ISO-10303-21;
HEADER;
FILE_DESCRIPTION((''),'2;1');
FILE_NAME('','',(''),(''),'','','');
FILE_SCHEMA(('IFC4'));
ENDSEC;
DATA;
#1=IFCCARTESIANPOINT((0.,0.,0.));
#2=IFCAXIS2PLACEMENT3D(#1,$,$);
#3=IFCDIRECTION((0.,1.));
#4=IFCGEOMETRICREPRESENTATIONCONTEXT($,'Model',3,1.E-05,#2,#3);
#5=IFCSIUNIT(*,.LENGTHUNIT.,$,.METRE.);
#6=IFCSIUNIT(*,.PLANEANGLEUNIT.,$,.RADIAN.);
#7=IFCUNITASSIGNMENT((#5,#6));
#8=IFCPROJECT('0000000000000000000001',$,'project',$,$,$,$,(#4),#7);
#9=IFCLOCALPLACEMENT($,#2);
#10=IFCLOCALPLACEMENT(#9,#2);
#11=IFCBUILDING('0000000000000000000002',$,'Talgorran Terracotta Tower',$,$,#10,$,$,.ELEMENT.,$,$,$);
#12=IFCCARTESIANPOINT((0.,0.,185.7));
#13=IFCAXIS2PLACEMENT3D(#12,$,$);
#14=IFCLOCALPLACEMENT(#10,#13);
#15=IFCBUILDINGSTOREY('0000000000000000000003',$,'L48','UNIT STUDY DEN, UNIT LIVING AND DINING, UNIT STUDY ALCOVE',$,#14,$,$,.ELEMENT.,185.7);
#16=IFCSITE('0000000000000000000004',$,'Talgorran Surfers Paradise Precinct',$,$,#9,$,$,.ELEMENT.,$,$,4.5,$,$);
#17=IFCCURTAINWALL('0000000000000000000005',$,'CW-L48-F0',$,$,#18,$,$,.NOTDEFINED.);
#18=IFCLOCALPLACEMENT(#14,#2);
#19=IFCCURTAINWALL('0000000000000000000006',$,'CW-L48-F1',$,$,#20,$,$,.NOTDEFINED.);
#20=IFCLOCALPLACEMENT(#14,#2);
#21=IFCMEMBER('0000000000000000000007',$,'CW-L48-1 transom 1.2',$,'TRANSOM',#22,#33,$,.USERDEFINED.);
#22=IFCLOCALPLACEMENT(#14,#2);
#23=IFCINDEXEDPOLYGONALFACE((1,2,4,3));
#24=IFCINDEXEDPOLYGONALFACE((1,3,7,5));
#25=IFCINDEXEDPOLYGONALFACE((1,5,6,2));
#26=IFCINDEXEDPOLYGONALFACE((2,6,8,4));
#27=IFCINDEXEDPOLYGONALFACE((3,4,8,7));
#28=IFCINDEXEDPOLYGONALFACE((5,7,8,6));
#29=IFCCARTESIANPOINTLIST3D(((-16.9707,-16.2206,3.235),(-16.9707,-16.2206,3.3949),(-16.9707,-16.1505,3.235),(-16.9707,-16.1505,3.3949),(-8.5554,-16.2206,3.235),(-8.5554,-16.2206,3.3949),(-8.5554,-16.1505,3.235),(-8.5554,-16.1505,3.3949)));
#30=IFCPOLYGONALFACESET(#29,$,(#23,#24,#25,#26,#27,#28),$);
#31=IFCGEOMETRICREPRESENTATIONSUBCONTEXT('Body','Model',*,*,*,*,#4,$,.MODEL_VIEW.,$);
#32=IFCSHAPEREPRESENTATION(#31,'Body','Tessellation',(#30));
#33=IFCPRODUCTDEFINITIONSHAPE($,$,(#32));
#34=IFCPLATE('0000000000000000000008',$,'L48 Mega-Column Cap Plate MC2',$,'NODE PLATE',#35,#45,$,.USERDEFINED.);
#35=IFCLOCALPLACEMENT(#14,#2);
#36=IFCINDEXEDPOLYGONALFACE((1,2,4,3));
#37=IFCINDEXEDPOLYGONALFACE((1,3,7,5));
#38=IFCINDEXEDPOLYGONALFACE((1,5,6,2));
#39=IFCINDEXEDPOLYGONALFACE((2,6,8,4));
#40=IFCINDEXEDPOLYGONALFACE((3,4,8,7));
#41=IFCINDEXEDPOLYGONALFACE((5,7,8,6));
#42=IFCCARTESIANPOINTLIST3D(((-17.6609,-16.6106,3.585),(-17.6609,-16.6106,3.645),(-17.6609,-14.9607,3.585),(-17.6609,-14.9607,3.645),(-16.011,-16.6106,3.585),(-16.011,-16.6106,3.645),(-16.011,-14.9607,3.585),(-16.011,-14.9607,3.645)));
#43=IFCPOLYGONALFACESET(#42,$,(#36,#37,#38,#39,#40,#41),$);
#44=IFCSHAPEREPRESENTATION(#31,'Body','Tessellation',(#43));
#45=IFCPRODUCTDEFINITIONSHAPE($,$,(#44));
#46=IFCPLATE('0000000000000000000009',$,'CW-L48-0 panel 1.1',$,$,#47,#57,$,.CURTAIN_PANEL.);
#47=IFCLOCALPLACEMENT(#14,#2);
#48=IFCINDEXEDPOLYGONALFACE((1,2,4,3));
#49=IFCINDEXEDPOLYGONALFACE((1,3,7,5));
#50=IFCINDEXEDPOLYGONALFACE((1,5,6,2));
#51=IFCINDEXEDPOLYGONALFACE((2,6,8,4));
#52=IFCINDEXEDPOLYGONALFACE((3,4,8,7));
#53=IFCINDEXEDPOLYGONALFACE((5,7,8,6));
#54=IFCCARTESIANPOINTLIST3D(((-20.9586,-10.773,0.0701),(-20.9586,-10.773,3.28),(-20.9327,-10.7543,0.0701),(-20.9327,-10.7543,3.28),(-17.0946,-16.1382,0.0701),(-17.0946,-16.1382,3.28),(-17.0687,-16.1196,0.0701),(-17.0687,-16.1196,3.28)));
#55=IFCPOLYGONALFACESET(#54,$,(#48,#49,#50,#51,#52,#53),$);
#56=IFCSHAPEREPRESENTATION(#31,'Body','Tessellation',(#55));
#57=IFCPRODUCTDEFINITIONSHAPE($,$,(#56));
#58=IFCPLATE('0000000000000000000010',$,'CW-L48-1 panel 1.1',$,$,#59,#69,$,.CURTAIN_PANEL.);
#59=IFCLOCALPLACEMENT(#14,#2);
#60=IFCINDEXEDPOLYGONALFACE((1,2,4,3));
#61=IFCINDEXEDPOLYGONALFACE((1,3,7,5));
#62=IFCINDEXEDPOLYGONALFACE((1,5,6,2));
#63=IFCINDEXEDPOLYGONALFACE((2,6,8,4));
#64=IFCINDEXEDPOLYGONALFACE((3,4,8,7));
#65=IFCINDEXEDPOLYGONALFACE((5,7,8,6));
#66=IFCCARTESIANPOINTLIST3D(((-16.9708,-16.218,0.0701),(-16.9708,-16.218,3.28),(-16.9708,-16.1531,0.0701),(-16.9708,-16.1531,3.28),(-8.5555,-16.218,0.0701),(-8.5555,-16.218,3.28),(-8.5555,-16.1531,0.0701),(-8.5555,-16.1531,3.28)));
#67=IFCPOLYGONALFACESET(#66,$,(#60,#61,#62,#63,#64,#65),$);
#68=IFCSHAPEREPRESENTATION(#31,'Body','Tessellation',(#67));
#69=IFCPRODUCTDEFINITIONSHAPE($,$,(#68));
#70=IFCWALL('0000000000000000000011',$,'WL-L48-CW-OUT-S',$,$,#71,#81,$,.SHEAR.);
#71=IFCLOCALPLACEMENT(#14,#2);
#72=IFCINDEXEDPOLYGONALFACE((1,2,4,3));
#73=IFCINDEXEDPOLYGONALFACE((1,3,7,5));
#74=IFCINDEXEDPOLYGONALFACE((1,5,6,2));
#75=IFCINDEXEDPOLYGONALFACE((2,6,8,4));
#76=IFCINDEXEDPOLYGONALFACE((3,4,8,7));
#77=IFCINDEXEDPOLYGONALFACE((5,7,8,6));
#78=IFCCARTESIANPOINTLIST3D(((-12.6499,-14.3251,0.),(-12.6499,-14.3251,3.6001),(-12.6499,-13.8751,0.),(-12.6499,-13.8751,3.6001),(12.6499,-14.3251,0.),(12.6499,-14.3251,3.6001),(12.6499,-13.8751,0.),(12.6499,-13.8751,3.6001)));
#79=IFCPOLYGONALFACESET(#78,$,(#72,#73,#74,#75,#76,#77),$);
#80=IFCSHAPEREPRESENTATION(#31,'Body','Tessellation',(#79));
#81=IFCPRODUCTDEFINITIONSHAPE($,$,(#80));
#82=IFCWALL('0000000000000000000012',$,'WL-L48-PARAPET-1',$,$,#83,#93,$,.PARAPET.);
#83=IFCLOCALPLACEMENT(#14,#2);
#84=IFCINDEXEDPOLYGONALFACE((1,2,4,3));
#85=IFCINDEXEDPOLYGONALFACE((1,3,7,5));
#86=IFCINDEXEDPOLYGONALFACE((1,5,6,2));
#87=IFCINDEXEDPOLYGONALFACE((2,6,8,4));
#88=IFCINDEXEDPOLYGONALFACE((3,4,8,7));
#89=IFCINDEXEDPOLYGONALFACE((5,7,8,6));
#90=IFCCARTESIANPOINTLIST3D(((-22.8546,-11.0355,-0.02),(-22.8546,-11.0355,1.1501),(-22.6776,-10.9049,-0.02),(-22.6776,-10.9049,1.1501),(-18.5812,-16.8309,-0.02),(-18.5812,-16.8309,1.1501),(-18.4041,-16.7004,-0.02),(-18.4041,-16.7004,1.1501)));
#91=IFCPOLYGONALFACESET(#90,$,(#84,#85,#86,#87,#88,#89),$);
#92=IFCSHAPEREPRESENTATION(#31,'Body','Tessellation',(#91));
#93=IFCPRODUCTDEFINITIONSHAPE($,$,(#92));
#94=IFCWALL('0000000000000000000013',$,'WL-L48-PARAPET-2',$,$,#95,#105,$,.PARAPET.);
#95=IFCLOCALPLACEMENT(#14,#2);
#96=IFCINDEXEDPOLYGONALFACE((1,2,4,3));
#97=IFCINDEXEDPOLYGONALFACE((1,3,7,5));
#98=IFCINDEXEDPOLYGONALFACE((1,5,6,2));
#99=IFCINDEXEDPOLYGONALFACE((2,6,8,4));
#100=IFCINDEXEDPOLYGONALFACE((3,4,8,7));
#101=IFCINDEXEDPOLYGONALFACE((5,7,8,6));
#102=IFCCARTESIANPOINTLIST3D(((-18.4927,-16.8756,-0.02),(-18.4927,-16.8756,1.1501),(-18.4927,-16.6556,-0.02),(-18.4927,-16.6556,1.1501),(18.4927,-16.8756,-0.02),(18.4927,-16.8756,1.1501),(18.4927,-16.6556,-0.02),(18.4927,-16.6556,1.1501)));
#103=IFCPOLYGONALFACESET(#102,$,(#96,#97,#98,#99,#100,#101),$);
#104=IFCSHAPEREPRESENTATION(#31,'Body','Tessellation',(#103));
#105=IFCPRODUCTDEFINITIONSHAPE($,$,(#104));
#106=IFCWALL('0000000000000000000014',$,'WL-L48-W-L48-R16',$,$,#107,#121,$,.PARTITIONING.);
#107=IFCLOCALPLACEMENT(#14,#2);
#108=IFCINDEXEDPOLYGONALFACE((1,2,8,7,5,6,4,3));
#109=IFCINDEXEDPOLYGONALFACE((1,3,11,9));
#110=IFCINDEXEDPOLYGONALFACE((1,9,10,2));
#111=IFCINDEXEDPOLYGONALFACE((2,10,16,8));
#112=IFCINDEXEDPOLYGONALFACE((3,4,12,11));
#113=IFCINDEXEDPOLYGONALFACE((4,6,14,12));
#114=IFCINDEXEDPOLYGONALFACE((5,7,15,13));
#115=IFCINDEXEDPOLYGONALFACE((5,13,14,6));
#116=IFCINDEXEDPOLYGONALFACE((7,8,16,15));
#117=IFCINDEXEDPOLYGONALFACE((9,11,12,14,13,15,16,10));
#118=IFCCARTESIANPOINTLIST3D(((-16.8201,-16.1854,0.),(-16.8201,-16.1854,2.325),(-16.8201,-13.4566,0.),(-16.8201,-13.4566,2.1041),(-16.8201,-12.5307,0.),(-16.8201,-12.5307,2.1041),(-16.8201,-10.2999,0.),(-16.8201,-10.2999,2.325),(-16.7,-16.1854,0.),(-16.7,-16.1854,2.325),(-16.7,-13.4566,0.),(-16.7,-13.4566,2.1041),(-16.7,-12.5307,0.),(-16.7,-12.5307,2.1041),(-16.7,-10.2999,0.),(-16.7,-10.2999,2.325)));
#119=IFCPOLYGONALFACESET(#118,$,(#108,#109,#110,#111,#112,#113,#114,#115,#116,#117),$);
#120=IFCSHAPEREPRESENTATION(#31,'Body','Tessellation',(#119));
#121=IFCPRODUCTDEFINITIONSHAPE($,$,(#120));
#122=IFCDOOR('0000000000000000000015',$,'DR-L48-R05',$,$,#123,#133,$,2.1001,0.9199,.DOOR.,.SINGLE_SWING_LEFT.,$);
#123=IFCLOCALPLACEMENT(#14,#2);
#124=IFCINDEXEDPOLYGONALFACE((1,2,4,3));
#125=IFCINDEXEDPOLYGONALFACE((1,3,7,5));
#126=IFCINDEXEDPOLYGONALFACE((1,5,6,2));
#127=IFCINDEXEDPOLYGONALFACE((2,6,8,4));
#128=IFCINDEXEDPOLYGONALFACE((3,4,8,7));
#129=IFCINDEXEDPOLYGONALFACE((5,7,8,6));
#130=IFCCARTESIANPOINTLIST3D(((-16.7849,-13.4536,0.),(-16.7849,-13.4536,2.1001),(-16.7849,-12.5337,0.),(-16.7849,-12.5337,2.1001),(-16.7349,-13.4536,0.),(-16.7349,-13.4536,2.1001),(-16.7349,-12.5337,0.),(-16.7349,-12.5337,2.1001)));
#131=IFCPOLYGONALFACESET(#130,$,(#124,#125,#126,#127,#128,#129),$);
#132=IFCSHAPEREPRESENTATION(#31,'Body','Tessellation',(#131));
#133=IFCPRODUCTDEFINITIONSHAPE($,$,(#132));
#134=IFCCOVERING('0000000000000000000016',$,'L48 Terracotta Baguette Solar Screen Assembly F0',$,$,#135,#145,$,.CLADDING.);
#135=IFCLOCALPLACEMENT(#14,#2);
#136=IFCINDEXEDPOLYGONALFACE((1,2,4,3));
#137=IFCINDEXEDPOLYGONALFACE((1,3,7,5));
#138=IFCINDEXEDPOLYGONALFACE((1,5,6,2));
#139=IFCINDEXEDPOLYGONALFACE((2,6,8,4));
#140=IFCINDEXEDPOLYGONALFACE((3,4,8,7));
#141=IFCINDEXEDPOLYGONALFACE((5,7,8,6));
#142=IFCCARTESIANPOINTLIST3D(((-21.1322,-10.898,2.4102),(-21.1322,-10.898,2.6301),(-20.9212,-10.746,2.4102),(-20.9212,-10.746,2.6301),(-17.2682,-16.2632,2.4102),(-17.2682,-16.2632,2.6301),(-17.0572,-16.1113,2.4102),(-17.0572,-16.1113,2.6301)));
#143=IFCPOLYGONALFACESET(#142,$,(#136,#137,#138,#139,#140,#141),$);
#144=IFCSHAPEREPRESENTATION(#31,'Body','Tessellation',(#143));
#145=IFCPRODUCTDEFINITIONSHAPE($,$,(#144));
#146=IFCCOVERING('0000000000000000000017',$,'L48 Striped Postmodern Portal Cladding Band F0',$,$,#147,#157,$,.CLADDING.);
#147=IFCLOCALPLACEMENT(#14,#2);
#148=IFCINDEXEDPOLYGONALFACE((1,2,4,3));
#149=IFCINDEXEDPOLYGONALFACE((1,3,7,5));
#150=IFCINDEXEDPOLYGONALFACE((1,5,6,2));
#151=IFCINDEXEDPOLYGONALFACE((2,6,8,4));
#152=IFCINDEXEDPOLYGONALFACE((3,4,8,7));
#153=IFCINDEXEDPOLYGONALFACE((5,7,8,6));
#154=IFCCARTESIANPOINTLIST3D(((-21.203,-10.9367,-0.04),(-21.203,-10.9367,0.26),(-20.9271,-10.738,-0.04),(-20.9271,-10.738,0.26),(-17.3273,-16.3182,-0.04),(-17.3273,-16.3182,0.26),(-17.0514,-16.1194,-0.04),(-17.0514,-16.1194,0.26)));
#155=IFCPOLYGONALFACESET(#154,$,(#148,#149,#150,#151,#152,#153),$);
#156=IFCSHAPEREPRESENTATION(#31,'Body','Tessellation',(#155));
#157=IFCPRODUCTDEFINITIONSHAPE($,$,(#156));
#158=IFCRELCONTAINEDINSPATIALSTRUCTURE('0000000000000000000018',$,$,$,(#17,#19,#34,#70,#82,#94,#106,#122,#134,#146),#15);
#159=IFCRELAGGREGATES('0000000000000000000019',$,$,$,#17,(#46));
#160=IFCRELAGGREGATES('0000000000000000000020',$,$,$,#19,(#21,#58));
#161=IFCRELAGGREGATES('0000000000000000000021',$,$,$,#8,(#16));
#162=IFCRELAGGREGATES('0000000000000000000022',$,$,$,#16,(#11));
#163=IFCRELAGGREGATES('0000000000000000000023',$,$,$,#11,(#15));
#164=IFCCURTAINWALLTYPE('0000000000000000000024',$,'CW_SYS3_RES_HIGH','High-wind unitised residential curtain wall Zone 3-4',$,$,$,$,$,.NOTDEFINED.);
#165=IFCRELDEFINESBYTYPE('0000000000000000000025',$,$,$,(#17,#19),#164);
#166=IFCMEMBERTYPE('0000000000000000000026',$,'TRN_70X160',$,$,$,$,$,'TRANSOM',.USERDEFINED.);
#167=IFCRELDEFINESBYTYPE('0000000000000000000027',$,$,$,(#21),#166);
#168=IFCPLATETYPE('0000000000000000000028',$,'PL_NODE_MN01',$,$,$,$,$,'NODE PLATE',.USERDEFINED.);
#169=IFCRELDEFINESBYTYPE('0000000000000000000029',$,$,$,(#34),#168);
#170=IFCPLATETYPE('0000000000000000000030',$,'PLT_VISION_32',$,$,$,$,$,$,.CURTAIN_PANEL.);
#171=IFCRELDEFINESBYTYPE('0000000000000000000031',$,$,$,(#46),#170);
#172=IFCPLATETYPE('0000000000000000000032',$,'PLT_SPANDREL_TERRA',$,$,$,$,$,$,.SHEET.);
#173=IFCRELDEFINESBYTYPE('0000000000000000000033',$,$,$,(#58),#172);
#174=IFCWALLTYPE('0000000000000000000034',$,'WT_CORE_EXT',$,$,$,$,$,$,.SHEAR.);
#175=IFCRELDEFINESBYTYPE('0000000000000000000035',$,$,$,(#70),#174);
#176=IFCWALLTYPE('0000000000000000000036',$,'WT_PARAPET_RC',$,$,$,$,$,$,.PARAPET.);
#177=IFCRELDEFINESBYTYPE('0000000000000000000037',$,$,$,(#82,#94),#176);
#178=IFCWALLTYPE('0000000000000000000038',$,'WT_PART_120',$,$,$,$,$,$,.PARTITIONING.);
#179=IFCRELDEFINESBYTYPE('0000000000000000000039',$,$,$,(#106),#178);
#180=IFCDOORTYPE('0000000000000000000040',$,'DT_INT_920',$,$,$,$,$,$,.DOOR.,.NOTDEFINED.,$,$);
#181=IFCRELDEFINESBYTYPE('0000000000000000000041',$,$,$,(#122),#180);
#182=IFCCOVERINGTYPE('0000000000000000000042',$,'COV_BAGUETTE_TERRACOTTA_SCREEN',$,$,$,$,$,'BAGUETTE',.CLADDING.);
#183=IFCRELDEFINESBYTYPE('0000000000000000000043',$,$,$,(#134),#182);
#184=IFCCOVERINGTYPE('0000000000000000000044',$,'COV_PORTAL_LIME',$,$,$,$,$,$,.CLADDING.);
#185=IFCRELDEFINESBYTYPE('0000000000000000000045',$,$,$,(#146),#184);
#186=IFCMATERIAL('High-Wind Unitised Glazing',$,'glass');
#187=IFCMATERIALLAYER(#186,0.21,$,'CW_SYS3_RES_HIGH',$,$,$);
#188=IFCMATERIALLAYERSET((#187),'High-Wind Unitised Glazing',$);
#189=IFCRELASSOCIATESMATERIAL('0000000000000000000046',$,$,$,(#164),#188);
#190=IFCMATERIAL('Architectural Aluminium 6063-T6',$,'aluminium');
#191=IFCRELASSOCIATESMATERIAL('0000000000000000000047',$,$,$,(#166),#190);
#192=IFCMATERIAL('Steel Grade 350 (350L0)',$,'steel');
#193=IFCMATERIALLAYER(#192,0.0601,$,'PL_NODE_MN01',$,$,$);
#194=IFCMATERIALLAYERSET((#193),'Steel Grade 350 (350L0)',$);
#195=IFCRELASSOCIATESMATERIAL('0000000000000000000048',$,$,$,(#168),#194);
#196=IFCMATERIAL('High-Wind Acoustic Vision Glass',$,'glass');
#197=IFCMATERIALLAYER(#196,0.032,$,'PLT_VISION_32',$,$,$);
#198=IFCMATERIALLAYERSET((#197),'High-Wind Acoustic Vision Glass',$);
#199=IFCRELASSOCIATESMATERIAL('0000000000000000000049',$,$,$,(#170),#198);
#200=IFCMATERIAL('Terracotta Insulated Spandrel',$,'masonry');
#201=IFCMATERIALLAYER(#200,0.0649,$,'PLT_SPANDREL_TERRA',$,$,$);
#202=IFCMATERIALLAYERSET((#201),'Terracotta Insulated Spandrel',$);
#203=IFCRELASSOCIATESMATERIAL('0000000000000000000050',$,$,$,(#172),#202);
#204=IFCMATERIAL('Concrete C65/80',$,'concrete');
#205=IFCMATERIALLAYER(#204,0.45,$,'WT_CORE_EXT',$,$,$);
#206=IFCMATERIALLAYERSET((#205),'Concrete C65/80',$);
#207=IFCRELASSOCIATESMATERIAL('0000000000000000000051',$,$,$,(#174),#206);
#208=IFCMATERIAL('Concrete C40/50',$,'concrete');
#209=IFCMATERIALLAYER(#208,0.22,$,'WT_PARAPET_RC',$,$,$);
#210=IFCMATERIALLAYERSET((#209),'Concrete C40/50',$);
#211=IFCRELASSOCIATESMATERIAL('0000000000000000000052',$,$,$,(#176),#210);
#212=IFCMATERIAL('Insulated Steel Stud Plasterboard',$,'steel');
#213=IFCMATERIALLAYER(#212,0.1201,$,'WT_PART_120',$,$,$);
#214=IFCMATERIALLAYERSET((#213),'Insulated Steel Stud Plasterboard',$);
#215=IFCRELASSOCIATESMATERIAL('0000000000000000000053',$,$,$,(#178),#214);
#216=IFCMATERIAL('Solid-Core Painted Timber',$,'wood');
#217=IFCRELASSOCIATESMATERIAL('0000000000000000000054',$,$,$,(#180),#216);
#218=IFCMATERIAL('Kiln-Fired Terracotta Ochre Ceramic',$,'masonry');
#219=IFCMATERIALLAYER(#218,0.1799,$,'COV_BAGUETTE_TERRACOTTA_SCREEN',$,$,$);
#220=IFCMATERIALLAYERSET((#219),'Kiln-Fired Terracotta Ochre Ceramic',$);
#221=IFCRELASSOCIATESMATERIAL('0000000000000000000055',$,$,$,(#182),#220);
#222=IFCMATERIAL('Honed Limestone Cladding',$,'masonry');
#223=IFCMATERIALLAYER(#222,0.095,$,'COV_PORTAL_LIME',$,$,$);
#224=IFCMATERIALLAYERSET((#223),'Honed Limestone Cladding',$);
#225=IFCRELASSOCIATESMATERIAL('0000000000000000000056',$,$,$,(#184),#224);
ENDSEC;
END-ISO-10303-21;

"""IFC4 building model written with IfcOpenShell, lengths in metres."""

from ifc_helpers import new_model, si_unit, direction, frame, frame_2d, origin, origin_2d, place, context, subcontext, project, spatial, rectangle, extrude, source, transform, mapped, material, layer, layer_set, material_profile, profile_set, type_object, type_shapes, element, fill, aggregate, save


model = new_model("IFC4")

# Units and contexts
model_context = context("Model", 3, precision=1e-05, world=origin(), true_north=direction((0.0, 1.0)))
body_context = subcontext(model_context, "Body", "Model", "MODEL_VIEW")
ifc_project = project(units=[si_unit("LENGTHUNIT", "METRE"), si_unit("PLANEANGLEUNIT", "RADIAN")], contexts=[model_context])

# Site, building, storey
site_placement = place(None, origin())
site = spatial("IfcSite", under=ifc_project, at=site_placement, Name="Talgorran Surfers Paradise Precinct", CompositionType="ELEMENT", RefElevation=4.5)
building_placement = place(site_placement, origin())
building = spatial("IfcBuilding", under=site, at=building_placement, Name="Talgorran Terracotta Tower", CompositionType="ELEMENT")
storey_placement = place(building_placement, frame((0.0, 0.0, 185.7)))
storey = spatial("IfcBuildingStorey", under=building, at=storey_placement, Name="L48", Description="UNIT STUDY DEN, UNIT LIVING AND DINING, UNIT STUDY ALCOVE", CompositionType="ELEMENT", Elevation=185.7)

# Shared definitions
ifc_material_1 = material(Name="Steel Grade 350 (350L0)", Category="steel")

# Curtain walls
ifc_material_2 = material(Name="High-Wind Unitised Glazing", Category="glass")
ifc_layer_1 = layer(ifc_material_2, 0.21, Name="CW_SYS3_RES_HIGH")
ifc_layer_set_1 = layer_set([ifc_layer_1], Name="High-Wind Unitised Glazing")
curtain_wall_type = type_object("IfcCurtainWallType", Name="CW_SYS3_RES_HIGH", Description="High-wind unitised residential curtain wall Zone 3-4", PredefinedType="NOTDEFINED", material=ifc_layer_set_1)
curtain_wall_1_placement = place(storey_placement, origin())
curtain_wall_1 = element("IfcCurtainWall", 1, at=curtain_wall_1_placement, inside=storey, type_object=curtain_wall_type, Name="CW-L48-F0", PredefinedType="NOTDEFINED")
ifc_material_3 = material(Name="Architectural Aluminium 6063-T6", Category="aluminium")
curtain_wall_2_placement = place(storey_placement, origin())
curtain_wall_2 = element("IfcCurtainWall", 2, at=curtain_wall_2_placement, inside=storey, type_object=curtain_wall_type, Name="CW-L48-F1", PredefinedType="NOTDEFINED")

# Member
ifc_material_profile_1 = material_profile(ifc_material_3, rectangle(XDim=0.0701, YDim=0.1599, at=origin_2d()), Name="CWT70X160")
ifc_profile_set_1 = profile_set([ifc_material_profile_1], Name="Architectural Aluminium 6063-T6")
member_type_1 = type_object("IfcMemberType", Name="TRN_70X160", ElementType="TRANSOM", PredefinedType="USERDEFINED", material=ifc_profile_set_1)
member_1_placement = place(storey_placement, frame((-16.9707, -16.1855, 3.3149), z_axis=(1.0, 0.0, 0.0), x_axis=(0.0, 1.0, 0.0)))
member_1 = element("IfcMember", 3, at=member_1_placement, type_object=member_type_1, Name="CW-L48-1 transom 1.2", ObjectType="TRANSOM", PredefinedType="USERDEFINED", context=body_context, shape_type="SweptSolid", body=[
    extrude(rectangle(XDim=0.0701, YDim=0.1599, at=origin_2d()), origin(), (0.0, 0.0, 1.0), 8.4153),
])

# Plates
ifc_layer_2 = layer(ifc_material_1, 0.0601, Name="PL_NODE_MN01")
ifc_layer_set_2 = layer_set([ifc_layer_2], Name="Steel Grade 350 (350L0)")
plate_type_1 = type_object("IfcPlateType", Name="PL_NODE_MN01", ElementType="NODE PLATE", PredefinedType="USERDEFINED", material=ifc_layer_set_2)
plate_1_placement = place(storey_placement, frame((-16.8359, -15.7856, 3.585), z_axis=(0.0, 0.0, 1.0), x_axis=(1.0, 0.0, 0.0)))
element("IfcPlate", 4, at=plate_1_placement, inside=storey, type_object=plate_type_1, Name="L48 Mega-Column Cap Plate MC2", ObjectType="NODE PLATE", PredefinedType="USERDEFINED", context=body_context, shape_type="SweptSolid", body=[
    extrude(rectangle(XDim=1.6499, YDim=1.6499, at=origin_2d()), origin(), (0.0, 0.0, 1.0), 0.0601),
])
ifc_material_4 = material(Name="High-Wind Acoustic Vision Glass", Category="glass")
ifc_layer_3 = layer(ifc_material_4, 0.032, Name="PLT_VISION_32")
ifc_layer_set_3 = layer_set([ifc_layer_3], Name="High-Wind Acoustic Vision Glass")
plate_type_2 = type_object("IfcPlateType", Name="PLT_VISION_32", PredefinedType="CURTAIN_PANEL", material=ifc_layer_set_3)
shared_shape_1 = source(origin(), body_context, "Body", "SweptSolid", [
    extrude(rectangle(XDim=6.6118, YDim=0.032, at=origin_2d()), origin(), (0.0, 0.0, 1.0), 3.21),
])
type_shapes(plate_type_2, [shared_shape_1])
plate_2_placement = place(storey_placement, frame((-19.0137, -13.4463, 0.0701), z_axis=(0.0, 0.0, 1.0), x_axis=(0.584409, -0.81146, 0.0)))
plate_2 = element("IfcPlate", 5, at=plate_2_placement, type_object=plate_type_2, Name="CW-L48-0 panel 1.1", PredefinedType="CURTAIN_PANEL", context=body_context, shape_type="MappedRepresentation", body=[
    mapped(shared_shape_1, transform((0.0, 0.0, 0.0), scale=1.0)),
])
aggregate(curtain_wall_1, [plate_2])
ifc_material_5 = material(Name="Terracotta Insulated Spandrel", Category="masonry")
ifc_layer_4 = layer(ifc_material_5, 0.0649, Name="PLT_SPANDREL_TERRA")
ifc_layer_set_4 = layer_set([ifc_layer_4], Name="Terracotta Insulated Spandrel")
plate_type_3 = type_object("IfcPlateType", Name="PLT_SPANDREL_TERRA", PredefinedType="SHEET", material=ifc_layer_set_4)
shared_shape_2 = source(origin(), body_context, "Body", "SweptSolid", [
    extrude(rectangle(XDim=8.4153, YDim=0.0649, at=origin_2d()), origin(), (0.0, 0.0, 1.0), 3.21),
])
type_shapes(plate_type_3, [shared_shape_2])
plate_3_placement = place(storey_placement, frame((-12.7632, -16.1855, 0.0701), z_axis=(0.0, 0.0, 1.0), x_axis=(1.0, 0.0, 0.0)))
plate_3 = element("IfcPlate", 6, at=plate_3_placement, type_object=plate_type_3, Name="CW-L48-1 panel 1.1", PredefinedType="CURTAIN_PANEL", context=body_context, shape_type="MappedRepresentation", body=[
    mapped(shared_shape_2, transform((0.0, 0.0, 0.0), scale=1.0)),
])
aggregate(curtain_wall_2, [member_1, plate_3])

# Walls
ifc_material_6 = material(Name="Concrete C65/80", Category="concrete")
ifc_layer_5 = layer(ifc_material_6, 0.45, Name="WT_CORE_EXT")
ifc_layer_set_5 = layer_set([ifc_layer_5], Name="Concrete C65/80")
wall_type_1 = type_object("IfcWallType", Name="WT_CORE_EXT", PredefinedType="SHEAR", material=ifc_layer_set_5)
wall_1_placement = place(storey_placement, frame((-12.6499, -14.1001, 0.0), z_axis=(0.0, 0.0, 1.0), x_axis=(1.0, 0.0, 0.0)))
element("IfcWall", 7, at=wall_1_placement, inside=storey, type_object=wall_type_1, Name="WL-L48-CW-OUT-S", PredefinedType="SHEAR", context=body_context, shape_type="SweptSolid", body=[
    extrude(rectangle(XDim=25.2998, YDim=0.45, at=frame_2d((12.6499, 0.0))), origin(), (0.0, 0.0, 1.0), 3.6001),
])
ifc_material_7 = material(Name="Concrete C40/50", Category="concrete")
ifc_layer_6 = layer(ifc_material_7, 0.22, Name="WT_PARAPET_RC")
ifc_layer_set_6 = layer_set([ifc_layer_6], Name="Concrete C40/50")
wall_type_2 = type_object("IfcWallType", Name="WT_PARAPET_RC", PredefinedType="PARAPET", material=ifc_layer_set_6)
wall_2_placement = place(storey_placement, frame((-22.7661, -10.9702, -0.02), z_axis=(0.0, 0.0, 1.0), x_axis=(0.593481, -0.804848, 0.0)))
element("IfcWall", 8, at=wall_2_placement, inside=storey, type_object=wall_type_2, Name="WL-L48-PARAPET-1", PredefinedType="PARAPET", context=body_context, shape_type="SweptSolid", body=[
    extrude(rectangle(XDim=7.2007, YDim=0.22, at=frame_2d((3.6003, 0.0))), origin(), (0.0, 0.0, 1.0), 1.1702),
])
wall_3_placement = place(storey_placement, frame((-18.4927, -16.7656, -0.02), z_axis=(0.0, 0.0, 1.0), x_axis=(1.0, 0.0, 0.0)))
element("IfcWall", 9, at=wall_3_placement, inside=storey, type_object=wall_type_2, Name="WL-L48-PARAPET-2", PredefinedType="PARAPET", context=body_context, shape_type="SweptSolid", body=[
    extrude(rectangle(XDim=36.9854, YDim=0.22, at=frame_2d((18.4927, 0.0))), origin(), (0.0, 0.0, 1.0), 1.1702),
])

# Wall, opening, door
ifc_material_8 = material(Name="Insulated Steel Stud Plasterboard", Category="steel")
ifc_layer_7 = layer(ifc_material_8, 0.1201, Name="WT_PART_120")
ifc_layer_set_7 = layer_set([ifc_layer_7], Name="Insulated Steel Stud Plasterboard")
wall_type_3 = type_object("IfcWallType", Name="WT_PART_120", PredefinedType="PARTITIONING", material=ifc_layer_set_7)
wall_4_placement = place(storey_placement, frame((-16.76, -16.1855, 0.0), z_axis=(0.0, 0.0, 1.0), x_axis=(0.0, 1.0, 0.0)))
wall_4 = element("IfcWall", 10, at=wall_4_placement, inside=storey, type_object=wall_type_3, Name="WL-L48-W-L48-R16", PredefinedType="PARTITIONING", context=body_context, shape_type="SweptSolid", body=[
    extrude(rectangle(XDim=5.8855, YDim=0.1201, at=frame_2d((2.9429, 0.0))), origin(), (0.0, 0.0, 1.0), 2.325),
])
opening_placement = place(wall_4_placement, frame((2.7319, 0.0, 0.0)))
opening = element("IfcOpeningElement", 11, at=opening_placement, cuts=wall_4, PredefinedType="OPENING", context=body_context, shape_type="SweptSolid", body=[
    extrude(rectangle(XDim=0.9259, YDim=2.1041, at=frame_2d((0.46, 1.052))), frame((0.0, 0.0701, 0.0), z_axis=(0.0, -1.0, 0.0), x_axis=(1.0, 0.0, 0.0)), (0.0, 0.0, 1.0), 0.1401),
])
ifc_material_9 = material(Name="Solid-Core Painted Timber", Category="wood")
door_type = type_object("IfcDoorType", Name="DT_INT_920", OperationType="NOTDEFINED", PredefinedType="DOOR", material=ifc_material_9)
door_placement = place(opening_placement, origin())
door = element("IfcDoor", 12, at=door_placement, inside=storey, type_object=door_type, Name="DR-L48-R05", OperationType="SINGLE_SWING_LEFT", OverallHeight=2.1001, OverallWidth=0.9199, PredefinedType="DOOR", context=body_context, shape_type="SweptSolid", body=[
    extrude(rectangle(XDim=0.9199, YDim=2.1001, at=frame_2d((0.46, 1.05))), frame((0.0, 0.0249, 0.0), z_axis=(0.0, -1.0, 0.0), x_axis=(1.0, 0.0, 0.0)), (0.0, 0.0, 1.0), 0.05),
])
fill(opening, door)

# Coverings
ifc_material_10 = material(Name="Kiln-Fired Terracotta Ochre Ceramic", Category="masonry")
ifc_layer_8 = layer(ifc_material_10, 0.1799, Name="COV_BAGUETTE_TERRACOTTA_SCREEN")
ifc_layer_set_8 = layer_set([ifc_layer_8], Name="Kiln-Fired Terracotta Ochre Ceramic")
covering_type_1 = type_object("IfcCoveringType", Name="COV_BAGUETTE_TERRACOTTA_SCREEN", ElementType="BAGUETTE", PredefinedType="CLADDING", material=ifc_layer_set_8)
covering_1_placement = place(storey_placement, frame((-19.0947, -13.5046, 2.4102), z_axis=(0.0, 0.0, 1.0), x_axis=(0.584405, -0.811462, 0.0)))
element("IfcCovering", 13, at=covering_1_placement, inside=storey, type_object=covering_type_1, Name="L48 Terracotta Baguette Solar Screen Assembly F0", PredefinedType="CLADDING", context=body_context, shape_type="SweptSolid", body=[
    extrude(rectangle(XDim=6.6118, YDim=0.26, at=origin_2d()), origin(), (0.0, 0.0, 1.0), 0.22),
])
ifc_material_11 = material(Name="Honed Limestone Cladding", Category="masonry")
ifc_layer_9 = layer(ifc_material_11, 0.095, Name="COV_PORTAL_LIME")
ifc_layer_set_9 = layer_set([ifc_layer_9], Name="Honed Limestone Cladding")
covering_type_2 = type_object("IfcCoveringType", Name="COV_PORTAL_LIME", PredefinedType="CLADDING", material=ifc_layer_set_9)
covering_2_placement = place(storey_placement, frame((-19.1272, -13.5281, -0.04), z_axis=(0.0, 0.0, 1.0), x_axis=(0.584405, -0.811462, 0.0)))
element("IfcCovering", 14, at=covering_2_placement, inside=storey, type_object=covering_type_2, Name="L48 Striped Postmodern Portal Cladding Band F0", PredefinedType="CLADDING", context=body_context, shape_type="SweptSolid", body=[
    extrude(rectangle(XDim=6.6318, YDim=0.3401, at=origin_2d()), origin(), (0.0, 0.0, 1.0), 0.3),
])

save(model, "model.ifc")
